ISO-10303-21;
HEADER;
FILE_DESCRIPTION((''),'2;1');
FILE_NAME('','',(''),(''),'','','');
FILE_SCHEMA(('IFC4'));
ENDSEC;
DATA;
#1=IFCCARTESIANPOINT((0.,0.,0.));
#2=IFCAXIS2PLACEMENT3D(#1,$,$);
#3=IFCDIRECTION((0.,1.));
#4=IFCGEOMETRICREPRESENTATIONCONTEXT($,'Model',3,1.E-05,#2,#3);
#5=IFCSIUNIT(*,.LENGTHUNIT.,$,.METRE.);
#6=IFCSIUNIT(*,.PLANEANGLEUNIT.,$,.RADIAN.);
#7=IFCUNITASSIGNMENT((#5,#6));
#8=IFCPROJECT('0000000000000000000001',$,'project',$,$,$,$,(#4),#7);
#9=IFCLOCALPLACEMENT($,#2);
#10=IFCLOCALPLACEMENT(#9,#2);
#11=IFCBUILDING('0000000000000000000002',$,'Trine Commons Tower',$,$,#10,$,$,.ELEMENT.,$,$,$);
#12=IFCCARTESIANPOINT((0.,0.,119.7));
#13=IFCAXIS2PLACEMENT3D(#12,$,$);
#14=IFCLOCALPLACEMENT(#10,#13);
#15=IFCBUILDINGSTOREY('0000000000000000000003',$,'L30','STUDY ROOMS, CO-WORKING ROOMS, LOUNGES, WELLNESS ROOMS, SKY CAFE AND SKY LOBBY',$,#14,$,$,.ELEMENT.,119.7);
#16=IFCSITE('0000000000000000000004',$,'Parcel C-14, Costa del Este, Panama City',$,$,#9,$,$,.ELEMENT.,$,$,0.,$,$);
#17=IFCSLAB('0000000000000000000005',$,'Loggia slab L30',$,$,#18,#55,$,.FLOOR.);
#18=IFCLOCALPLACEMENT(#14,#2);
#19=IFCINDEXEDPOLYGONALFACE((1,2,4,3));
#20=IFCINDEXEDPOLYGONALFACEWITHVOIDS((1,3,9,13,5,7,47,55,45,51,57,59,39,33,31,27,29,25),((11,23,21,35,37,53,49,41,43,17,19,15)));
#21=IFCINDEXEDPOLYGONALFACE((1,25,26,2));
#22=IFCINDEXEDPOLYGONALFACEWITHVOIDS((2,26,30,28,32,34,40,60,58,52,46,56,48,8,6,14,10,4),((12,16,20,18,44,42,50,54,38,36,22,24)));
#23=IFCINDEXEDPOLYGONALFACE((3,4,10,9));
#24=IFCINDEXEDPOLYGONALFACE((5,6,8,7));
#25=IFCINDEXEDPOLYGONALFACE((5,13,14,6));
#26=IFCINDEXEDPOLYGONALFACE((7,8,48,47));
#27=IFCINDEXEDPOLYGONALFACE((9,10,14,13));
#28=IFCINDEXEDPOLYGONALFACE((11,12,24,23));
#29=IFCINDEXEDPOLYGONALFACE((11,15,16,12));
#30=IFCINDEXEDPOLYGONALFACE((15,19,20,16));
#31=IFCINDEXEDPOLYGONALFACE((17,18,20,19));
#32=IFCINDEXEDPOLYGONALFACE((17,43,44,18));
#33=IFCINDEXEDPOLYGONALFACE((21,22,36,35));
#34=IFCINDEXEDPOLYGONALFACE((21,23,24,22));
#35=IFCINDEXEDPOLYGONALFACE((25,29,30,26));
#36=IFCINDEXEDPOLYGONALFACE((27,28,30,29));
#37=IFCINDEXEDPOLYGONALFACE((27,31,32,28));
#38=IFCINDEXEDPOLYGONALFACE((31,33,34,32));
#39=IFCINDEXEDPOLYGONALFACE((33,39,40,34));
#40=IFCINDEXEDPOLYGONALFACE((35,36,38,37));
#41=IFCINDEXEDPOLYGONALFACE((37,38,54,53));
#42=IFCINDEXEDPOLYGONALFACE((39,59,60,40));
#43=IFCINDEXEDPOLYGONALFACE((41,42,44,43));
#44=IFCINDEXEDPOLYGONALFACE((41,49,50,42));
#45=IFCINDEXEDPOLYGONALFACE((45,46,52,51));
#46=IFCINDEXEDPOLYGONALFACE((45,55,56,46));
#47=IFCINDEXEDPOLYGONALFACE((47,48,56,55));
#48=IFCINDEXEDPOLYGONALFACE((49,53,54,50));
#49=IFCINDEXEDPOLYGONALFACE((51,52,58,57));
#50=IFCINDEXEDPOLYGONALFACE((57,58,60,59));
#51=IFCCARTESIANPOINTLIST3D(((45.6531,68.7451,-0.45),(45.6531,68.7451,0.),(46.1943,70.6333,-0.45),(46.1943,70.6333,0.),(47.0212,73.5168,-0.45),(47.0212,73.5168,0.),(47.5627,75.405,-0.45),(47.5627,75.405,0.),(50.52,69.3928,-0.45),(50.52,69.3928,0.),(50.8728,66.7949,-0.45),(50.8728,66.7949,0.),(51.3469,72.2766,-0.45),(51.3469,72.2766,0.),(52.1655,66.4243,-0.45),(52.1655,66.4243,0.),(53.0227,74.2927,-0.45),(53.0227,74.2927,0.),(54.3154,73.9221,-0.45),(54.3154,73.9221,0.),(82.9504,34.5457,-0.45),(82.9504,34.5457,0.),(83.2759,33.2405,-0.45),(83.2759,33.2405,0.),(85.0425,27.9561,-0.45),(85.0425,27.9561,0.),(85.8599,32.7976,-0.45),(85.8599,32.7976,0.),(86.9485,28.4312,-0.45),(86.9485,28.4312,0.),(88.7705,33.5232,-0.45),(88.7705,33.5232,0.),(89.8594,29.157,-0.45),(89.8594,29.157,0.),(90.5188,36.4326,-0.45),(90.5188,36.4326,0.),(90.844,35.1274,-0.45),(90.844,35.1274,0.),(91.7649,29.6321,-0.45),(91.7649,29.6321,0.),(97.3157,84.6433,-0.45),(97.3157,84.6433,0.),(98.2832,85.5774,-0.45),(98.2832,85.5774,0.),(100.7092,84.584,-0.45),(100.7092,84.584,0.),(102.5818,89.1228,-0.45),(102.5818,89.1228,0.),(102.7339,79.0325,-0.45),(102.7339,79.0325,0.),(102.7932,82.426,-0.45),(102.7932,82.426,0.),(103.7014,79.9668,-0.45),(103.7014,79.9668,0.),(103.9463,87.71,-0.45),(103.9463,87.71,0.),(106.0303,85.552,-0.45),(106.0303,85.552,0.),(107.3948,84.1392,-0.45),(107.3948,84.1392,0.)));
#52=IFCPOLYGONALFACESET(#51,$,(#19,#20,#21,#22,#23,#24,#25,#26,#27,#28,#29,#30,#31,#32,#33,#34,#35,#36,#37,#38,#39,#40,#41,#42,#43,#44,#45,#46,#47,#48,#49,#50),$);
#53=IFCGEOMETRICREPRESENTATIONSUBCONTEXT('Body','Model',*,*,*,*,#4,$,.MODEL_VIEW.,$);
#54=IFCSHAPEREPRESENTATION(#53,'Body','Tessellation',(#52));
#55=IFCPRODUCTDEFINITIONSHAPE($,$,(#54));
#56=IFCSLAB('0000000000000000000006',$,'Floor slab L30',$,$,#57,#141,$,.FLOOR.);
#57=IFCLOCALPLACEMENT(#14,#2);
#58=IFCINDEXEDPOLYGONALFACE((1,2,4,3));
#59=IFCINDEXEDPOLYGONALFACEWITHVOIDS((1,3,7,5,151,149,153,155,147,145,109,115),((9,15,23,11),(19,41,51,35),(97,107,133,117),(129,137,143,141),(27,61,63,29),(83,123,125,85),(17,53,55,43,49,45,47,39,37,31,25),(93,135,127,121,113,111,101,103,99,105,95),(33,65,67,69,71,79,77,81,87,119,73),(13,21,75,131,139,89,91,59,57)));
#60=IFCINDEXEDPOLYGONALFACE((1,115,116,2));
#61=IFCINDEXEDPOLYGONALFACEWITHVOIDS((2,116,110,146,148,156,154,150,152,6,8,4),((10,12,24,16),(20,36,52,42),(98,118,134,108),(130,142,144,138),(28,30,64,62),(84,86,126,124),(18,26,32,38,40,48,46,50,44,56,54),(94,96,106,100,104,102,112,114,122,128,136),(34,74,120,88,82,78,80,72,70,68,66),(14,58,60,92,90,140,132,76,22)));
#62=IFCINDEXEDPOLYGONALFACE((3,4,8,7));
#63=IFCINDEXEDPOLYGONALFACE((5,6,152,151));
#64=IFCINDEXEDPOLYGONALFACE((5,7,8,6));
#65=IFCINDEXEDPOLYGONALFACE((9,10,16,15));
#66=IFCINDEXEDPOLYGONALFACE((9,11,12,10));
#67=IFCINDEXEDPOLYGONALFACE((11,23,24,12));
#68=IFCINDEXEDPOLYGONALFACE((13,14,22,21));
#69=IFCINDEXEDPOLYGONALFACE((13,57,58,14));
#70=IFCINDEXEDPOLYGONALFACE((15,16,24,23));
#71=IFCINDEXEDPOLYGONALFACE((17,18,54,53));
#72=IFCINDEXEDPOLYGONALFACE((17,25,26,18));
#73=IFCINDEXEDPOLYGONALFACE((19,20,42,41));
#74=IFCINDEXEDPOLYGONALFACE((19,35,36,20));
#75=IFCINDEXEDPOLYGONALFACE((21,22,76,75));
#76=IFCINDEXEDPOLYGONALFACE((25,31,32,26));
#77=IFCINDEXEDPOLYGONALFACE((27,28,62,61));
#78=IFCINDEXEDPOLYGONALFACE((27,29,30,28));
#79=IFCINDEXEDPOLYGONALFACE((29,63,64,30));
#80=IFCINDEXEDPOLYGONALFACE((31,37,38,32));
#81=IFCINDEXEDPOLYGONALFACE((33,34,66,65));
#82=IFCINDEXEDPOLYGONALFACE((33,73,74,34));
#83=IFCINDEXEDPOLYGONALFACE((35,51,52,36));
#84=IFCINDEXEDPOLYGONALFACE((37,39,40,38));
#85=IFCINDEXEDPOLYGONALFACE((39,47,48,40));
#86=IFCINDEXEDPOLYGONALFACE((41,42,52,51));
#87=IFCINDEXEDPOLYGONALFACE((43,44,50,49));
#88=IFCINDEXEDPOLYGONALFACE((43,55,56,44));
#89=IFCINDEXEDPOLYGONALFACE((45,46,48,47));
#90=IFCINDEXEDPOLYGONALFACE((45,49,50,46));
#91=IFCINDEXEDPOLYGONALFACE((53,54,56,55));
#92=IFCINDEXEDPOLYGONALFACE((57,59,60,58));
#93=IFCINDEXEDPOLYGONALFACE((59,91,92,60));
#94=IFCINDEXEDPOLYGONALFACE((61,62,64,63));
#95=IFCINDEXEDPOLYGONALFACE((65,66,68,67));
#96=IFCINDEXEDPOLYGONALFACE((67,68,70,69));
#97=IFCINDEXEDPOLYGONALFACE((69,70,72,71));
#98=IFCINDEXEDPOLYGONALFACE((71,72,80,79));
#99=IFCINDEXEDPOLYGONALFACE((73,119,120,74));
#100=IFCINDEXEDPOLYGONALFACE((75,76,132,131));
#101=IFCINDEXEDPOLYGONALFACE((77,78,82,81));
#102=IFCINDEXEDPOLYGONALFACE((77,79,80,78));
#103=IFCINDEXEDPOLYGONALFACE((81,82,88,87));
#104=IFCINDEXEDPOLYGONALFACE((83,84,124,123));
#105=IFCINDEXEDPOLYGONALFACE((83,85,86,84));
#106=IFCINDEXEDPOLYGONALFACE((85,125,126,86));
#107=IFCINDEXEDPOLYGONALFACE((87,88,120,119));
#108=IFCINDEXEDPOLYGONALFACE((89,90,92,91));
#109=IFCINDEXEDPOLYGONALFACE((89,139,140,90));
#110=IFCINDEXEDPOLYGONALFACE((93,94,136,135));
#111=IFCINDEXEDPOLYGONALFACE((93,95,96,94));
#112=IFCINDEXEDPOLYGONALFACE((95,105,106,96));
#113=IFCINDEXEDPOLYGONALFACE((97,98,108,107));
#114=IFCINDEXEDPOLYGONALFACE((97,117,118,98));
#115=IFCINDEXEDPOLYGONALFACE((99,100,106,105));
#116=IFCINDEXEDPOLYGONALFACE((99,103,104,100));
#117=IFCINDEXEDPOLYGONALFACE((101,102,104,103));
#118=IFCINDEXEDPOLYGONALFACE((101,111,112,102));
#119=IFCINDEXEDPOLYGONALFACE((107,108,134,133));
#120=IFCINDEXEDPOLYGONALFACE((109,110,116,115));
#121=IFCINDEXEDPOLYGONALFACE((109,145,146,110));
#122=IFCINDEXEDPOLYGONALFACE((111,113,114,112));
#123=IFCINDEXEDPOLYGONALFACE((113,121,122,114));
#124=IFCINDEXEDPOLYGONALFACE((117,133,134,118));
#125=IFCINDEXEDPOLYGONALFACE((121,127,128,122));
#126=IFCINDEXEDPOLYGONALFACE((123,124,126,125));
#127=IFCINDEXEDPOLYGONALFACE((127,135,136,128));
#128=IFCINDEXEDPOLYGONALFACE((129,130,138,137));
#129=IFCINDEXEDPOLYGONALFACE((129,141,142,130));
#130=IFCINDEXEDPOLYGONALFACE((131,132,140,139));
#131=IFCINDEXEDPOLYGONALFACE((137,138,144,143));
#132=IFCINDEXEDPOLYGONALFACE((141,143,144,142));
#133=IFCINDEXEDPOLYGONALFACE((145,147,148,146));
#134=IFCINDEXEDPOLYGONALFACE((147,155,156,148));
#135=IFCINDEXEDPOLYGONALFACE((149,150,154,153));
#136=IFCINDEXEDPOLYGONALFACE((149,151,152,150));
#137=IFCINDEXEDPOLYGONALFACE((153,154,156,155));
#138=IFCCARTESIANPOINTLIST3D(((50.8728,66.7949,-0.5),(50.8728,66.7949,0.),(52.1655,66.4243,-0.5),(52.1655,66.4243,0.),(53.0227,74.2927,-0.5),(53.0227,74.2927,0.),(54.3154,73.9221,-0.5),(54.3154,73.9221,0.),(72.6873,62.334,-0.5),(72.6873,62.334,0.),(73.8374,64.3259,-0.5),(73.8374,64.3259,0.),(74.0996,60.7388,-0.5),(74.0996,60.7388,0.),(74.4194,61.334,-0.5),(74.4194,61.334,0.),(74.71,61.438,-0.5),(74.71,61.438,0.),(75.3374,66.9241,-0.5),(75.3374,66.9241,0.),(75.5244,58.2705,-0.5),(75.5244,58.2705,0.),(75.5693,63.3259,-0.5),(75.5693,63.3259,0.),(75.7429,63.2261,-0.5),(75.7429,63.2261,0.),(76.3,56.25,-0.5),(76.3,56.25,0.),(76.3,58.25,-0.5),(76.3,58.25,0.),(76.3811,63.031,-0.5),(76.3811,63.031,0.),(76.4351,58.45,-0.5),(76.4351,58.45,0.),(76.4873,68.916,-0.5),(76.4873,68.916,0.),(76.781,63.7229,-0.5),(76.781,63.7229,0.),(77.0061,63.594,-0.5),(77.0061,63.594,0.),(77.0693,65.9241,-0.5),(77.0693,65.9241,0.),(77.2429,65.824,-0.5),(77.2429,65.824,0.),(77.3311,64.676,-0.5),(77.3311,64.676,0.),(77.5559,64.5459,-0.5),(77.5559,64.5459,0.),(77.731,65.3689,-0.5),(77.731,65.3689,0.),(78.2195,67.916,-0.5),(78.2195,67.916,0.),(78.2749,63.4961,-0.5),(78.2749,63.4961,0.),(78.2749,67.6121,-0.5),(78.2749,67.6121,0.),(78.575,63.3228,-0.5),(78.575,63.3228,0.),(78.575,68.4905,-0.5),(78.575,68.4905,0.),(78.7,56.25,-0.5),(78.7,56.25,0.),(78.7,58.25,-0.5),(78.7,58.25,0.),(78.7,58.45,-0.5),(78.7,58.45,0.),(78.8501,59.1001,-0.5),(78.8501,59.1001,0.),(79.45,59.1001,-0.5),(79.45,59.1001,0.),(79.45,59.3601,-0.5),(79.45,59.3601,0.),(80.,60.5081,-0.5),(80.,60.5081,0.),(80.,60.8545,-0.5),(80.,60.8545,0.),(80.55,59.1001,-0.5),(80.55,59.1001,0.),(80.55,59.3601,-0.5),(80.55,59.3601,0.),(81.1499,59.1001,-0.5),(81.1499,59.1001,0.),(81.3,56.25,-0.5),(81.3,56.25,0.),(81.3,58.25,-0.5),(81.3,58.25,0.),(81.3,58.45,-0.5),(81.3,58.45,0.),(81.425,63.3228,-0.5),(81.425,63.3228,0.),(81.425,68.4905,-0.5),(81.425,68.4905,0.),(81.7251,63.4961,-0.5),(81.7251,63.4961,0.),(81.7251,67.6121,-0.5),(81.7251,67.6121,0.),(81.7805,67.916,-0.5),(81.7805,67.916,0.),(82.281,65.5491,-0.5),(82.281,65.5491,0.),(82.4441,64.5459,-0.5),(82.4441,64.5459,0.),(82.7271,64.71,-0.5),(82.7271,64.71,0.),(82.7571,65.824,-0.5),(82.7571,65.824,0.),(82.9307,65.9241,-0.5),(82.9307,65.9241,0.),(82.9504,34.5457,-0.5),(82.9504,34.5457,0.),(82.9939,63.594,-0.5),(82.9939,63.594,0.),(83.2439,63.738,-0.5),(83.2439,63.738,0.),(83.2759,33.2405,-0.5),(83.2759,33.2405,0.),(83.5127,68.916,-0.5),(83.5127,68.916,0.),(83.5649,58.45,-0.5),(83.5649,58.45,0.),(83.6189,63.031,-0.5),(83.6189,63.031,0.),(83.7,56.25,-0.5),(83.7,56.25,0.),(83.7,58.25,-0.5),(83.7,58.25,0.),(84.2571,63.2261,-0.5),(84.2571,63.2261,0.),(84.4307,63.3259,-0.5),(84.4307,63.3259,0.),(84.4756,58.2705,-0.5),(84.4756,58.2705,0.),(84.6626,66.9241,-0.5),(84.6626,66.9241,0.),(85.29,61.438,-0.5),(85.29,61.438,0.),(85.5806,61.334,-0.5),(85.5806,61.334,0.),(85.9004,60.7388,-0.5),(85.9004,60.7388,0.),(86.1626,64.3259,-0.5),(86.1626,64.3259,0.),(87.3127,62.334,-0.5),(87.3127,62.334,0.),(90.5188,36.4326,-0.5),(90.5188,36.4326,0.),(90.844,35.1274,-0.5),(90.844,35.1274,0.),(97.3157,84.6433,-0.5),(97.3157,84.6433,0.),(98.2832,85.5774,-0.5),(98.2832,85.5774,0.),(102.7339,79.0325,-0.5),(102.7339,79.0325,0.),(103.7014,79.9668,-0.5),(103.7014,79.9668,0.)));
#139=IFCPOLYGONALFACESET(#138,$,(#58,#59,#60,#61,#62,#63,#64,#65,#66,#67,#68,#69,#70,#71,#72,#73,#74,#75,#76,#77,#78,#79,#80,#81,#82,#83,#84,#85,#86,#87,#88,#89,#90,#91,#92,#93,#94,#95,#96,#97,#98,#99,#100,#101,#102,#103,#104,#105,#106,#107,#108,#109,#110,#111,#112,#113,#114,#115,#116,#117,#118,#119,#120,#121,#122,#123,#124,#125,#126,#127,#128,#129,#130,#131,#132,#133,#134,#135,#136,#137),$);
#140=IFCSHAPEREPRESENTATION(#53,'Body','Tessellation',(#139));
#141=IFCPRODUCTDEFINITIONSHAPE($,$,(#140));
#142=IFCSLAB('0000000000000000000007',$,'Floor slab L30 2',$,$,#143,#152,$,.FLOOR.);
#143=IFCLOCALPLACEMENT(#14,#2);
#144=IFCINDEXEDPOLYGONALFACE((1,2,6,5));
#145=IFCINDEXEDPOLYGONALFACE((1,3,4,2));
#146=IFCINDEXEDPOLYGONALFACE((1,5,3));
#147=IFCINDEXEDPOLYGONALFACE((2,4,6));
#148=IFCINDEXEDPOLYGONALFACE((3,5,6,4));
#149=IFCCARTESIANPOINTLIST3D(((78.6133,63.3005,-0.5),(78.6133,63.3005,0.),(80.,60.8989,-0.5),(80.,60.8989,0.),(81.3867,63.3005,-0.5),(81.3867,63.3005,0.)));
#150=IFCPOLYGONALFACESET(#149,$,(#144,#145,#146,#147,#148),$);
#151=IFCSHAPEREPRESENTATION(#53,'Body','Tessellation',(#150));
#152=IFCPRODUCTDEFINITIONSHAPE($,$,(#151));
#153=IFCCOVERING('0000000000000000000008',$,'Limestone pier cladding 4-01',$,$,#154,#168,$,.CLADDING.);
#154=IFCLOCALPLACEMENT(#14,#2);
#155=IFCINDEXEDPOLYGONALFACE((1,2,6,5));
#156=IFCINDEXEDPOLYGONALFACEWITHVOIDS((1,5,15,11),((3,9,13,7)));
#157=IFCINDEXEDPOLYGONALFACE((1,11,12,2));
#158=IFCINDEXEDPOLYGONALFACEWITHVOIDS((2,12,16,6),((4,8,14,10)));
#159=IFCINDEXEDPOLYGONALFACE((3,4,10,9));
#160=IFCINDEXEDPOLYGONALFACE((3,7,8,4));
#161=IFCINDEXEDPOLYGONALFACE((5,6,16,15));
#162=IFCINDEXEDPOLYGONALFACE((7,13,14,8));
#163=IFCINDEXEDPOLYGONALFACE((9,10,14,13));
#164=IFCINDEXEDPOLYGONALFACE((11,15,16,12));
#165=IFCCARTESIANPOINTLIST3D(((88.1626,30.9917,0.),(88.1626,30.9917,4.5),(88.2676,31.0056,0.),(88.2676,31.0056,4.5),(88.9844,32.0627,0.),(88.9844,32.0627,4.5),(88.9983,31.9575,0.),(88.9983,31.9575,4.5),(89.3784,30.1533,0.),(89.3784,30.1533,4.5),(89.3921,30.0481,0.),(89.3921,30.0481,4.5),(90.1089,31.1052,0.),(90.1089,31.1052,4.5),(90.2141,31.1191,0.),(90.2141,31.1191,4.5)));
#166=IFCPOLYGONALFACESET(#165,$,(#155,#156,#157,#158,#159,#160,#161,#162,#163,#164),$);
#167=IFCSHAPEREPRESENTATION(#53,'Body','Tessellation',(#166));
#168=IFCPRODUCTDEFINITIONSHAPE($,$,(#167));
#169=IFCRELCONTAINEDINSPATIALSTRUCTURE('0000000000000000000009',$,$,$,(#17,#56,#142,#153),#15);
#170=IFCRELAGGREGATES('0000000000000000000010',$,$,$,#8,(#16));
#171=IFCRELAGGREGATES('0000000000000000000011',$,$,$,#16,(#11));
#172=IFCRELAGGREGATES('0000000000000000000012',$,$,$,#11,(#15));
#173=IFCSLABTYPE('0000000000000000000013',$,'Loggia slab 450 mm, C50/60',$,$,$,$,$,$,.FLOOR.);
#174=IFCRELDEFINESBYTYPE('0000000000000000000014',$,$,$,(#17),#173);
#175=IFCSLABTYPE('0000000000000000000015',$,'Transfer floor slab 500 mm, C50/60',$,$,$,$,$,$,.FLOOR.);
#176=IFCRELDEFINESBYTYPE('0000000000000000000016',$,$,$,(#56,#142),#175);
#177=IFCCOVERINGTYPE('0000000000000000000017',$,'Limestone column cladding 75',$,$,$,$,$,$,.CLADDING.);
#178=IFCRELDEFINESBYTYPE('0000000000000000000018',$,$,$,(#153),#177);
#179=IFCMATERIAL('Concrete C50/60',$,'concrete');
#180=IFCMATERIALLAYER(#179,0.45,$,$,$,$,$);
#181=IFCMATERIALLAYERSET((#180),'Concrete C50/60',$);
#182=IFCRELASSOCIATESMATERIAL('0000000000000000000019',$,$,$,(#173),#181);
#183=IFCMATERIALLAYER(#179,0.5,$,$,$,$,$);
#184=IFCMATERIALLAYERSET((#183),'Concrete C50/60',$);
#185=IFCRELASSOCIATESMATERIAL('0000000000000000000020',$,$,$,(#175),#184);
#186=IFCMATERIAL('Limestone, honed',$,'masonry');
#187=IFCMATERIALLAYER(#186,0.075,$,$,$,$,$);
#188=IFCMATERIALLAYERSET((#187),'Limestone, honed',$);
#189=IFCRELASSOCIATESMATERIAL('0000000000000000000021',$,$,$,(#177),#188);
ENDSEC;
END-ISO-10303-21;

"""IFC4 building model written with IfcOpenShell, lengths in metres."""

from ifc_helpers import new_model, si_unit, direction, frame, origin, place, context, subcontext, project, spatial, polyline, outline, extrude, material, layer, layer_set, type_object, element, save


model = new_model("IFC4")

# Units and contexts
model_context = context("Model", 3, precision=1e-05, world=origin(), true_north=direction((0.0, 1.0)))
body_context = subcontext(model_context, "Body", "Model", "MODEL_VIEW")
ifc_project = project(units=[si_unit("LENGTHUNIT", "METRE"), si_unit("PLANEANGLEUNIT", "RADIAN")], contexts=[model_context])

# Site, building, storey
site_placement = place(None, origin())
site = spatial("IfcSite", under=ifc_project, at=site_placement, Name="Parcel C-14, Costa del Este, Panama City", CompositionType="ELEMENT", RefElevation=0.0)
building_placement = place(site_placement, origin())
building = spatial("IfcBuilding", under=site, at=building_placement, Name="Trine Commons Tower", CompositionType="ELEMENT")
storey_placement = place(building_placement, frame((0.0, 0.0, 119.7)))
storey = spatial("IfcBuildingStorey", under=building, at=storey_placement, Name="L30", Description="STUDY ROOMS, CO-WORKING ROOMS, LOUNGES, WELLNESS ROOMS, SKY CAFE AND SKY LOBBY", CompositionType="ELEMENT", Elevation=119.7)

# Slabs
ifc_material_1 = material(Name="Concrete C50/60", Category="concrete")
ifc_layer_1 = layer(ifc_material_1, 0.45)
ifc_layer_set_1 = layer_set([ifc_layer_1], Name="Concrete C50/60")
slab_type_1 = type_object("IfcSlabType", Name="Loggia slab 450 mm, C50/60", PredefinedType="FLOOR", material=ifc_layer_set_1)
slab_1_placement = place(storey_placement, frame((0.0, 0.0, -0.45)))
element("IfcSlab", 1, at=slab_1_placement, inside=storey, type_object=slab_type_1, Name="Loggia slab L30", PredefinedType="FLOOR", context=body_context, shape_type="SweptSolid", body=[
    extrude(outline(polyline([(91.7649, 29.6321), (107.3948, 84.1392), (106.0303, 85.552), (102.7932, 82.426), (100.7092, 84.584), (103.9463, 87.71), (102.5818, 89.1228), (47.5627, 75.405), (47.0212, 73.5168), (51.3469, 72.2766), (50.52, 69.3928), (46.1943, 70.6333), (45.6531, 68.7451), (85.0425, 27.9561), (86.9485, 28.4312), (85.8599, 32.7976), (88.7705, 33.5232), (89.8594, 29.157), (91.7649, 29.6321)]), holes=[polyline([(83.2759, 33.2405), (82.9504, 34.5457), (90.5188, 36.4326), (90.844, 35.1274), (103.7014, 79.9668), (102.7339, 79.0325), (97.3157, 84.6433), (98.2832, 85.5774), (53.0227, 74.2927), (54.3154, 73.9221), (52.1655, 66.4243), (50.8728, 66.7949), (83.2759, 33.2405)])]), origin(), (0.0, 0.0, 1.0), 0.45),
])
ifc_layer_2 = layer(ifc_material_1, 0.5)
ifc_layer_set_2 = layer_set([ifc_layer_2], Name="Concrete C50/60")
slab_type_2 = type_object("IfcSlabType", Name="Transfer floor slab 500 mm, C50/60", PredefinedType="FLOOR", material=ifc_layer_set_2)
slab_2_placement = place(storey_placement, frame((0.0, 0.0, -0.5)))
element("IfcSlab", 2, at=slab_2_placement, inside=storey, type_object=slab_type_2, Name="Floor slab L30", PredefinedType="FLOOR", context=body_context, shape_type="SweptSolid", body=[
    extrude(outline(polyline([(50.8728, 66.7949), (83.2759, 33.2405), (82.9504, 34.5457), (90.5188, 36.4326), (90.844, 35.1274), (103.7014, 79.9668), (102.7339, 79.0325), (97.3157, 84.6433), (98.2832, 85.5774), (53.0227, 74.2927), (54.3154, 73.9221), (52.1655, 66.4243), (50.8728, 66.7949)]), holes=[polyline([(78.7, 56.25), (78.7, 58.25), (76.3, 58.25), (76.3, 56.25), (78.7, 56.25)]), polyline([(80.0, 60.8545), (84.4756, 58.2705), (85.9004, 60.7388), (81.425, 63.3228), (81.425, 68.4905), (78.575, 68.4905), (78.575, 63.3228), (74.0996, 60.7388), (75.5244, 58.2705), (80.0, 60.8545)]), polyline([(73.8374, 64.3259), (72.6873, 62.334), (74.4194, 61.334), (75.5693, 63.3259), (73.8374, 64.3259)]), polyline([(76.3811, 63.031), (75.7429, 63.2261), (74.71, 61.438), (78.2749, 63.4961), (78.2749, 67.6121), (77.2429, 65.824), (77.731, 65.3689), (77.3311, 64.676), (77.5559, 64.5459), (77.0061, 63.594), (76.781, 63.7229), (76.3811, 63.031)]), polyline([(76.4873, 68.916), (75.3374, 66.9241), (77.0693, 65.9241), (78.2195, 67.916), (76.4873, 68.916)]), polyline([(83.7, 56.25), (83.7, 58.25), (81.3, 58.25), (81.3, 56.25), (83.7, 56.25)]), polyline([(81.1499, 59.1001), (81.3, 58.45), (83.5649, 58.45), (80.0, 60.5081), (76.4351, 58.45), (78.7, 58.45), (78.8501, 59.1001), (79.45, 59.1001), (79.45, 59.3601), (80.55, 59.3601), (80.55, 59.1001), (81.1499, 59.1001)]), polyline([(86.1626, 64.3259), (84.4307, 63.3259), (85.5806, 61.334), (87.3127, 62.334), (86.1626, 64.3259)]), polyline([(83.2439, 63.738), (82.9939, 63.594), (82.4441, 64.5459), (82.7271, 64.71), (82.281, 65.5491), (82.7571, 65.824), (81.7251, 67.6121), (81.7251, 63.4961), (85.29, 61.438), (84.2571, 63.2261), (83.6189, 63.031), (83.2439, 63.738)]), polyline([(84.6626, 66.9241), (83.5127, 68.916), (81.7805, 67.916), (82.9307, 65.9241), (84.6626, 66.9241)])]), origin(), (0.0, 0.0, 1.0), 0.5),
])
slab_3_placement = place(storey_placement, frame((0.0, 0.0, -0.5)))
element("IfcSlab", 3, at=slab_3_placement, inside=storey, type_object=slab_type_2, Name="Floor slab L30 2", PredefinedType="FLOOR", context=body_context, shape_type="SweptSolid", body=[
    extrude(outline(polyline([(78.6133, 63.3005), (80.0, 60.8989), (81.3867, 63.3005), (78.6133, 63.3005)])), origin(), (0.0, 0.0, 1.0), 0.5),
])

# Covering
ifc_material_2 = material(Name="Limestone, honed", Category="masonry")
ifc_layer_3 = layer(ifc_material_2, 0.075)
ifc_layer_set_3 = layer_set([ifc_layer_3], Name="Limestone, honed")
covering_type_1 = type_object("IfcCoveringType", Name="Limestone column cladding 75", PredefinedType="CLADDING", material=ifc_layer_set_3)
covering_1_placement = place(storey_placement, origin())
element("IfcCovering", 4, at=covering_1_placement, inside=storey, type_object=covering_type_1, Name="Limestone pier cladding 4-01", PredefinedType="CLADDING", context=body_context, shape_type="SweptSolid", body=[
    extrude(outline(polyline([(88.9844, 32.0627), (88.1626, 30.9917), (89.3921, 30.0481), (90.2141, 31.1191), (88.9844, 32.0627)]), holes=[polyline([(88.9983, 31.9575), (88.2676, 31.0056), (89.3784, 30.1533), (90.1089, 31.1052), (88.9983, 31.9575)])]), origin(), (0.0, 0.0, 1.0), 4.5),
])

save(model, "model.ifc")
